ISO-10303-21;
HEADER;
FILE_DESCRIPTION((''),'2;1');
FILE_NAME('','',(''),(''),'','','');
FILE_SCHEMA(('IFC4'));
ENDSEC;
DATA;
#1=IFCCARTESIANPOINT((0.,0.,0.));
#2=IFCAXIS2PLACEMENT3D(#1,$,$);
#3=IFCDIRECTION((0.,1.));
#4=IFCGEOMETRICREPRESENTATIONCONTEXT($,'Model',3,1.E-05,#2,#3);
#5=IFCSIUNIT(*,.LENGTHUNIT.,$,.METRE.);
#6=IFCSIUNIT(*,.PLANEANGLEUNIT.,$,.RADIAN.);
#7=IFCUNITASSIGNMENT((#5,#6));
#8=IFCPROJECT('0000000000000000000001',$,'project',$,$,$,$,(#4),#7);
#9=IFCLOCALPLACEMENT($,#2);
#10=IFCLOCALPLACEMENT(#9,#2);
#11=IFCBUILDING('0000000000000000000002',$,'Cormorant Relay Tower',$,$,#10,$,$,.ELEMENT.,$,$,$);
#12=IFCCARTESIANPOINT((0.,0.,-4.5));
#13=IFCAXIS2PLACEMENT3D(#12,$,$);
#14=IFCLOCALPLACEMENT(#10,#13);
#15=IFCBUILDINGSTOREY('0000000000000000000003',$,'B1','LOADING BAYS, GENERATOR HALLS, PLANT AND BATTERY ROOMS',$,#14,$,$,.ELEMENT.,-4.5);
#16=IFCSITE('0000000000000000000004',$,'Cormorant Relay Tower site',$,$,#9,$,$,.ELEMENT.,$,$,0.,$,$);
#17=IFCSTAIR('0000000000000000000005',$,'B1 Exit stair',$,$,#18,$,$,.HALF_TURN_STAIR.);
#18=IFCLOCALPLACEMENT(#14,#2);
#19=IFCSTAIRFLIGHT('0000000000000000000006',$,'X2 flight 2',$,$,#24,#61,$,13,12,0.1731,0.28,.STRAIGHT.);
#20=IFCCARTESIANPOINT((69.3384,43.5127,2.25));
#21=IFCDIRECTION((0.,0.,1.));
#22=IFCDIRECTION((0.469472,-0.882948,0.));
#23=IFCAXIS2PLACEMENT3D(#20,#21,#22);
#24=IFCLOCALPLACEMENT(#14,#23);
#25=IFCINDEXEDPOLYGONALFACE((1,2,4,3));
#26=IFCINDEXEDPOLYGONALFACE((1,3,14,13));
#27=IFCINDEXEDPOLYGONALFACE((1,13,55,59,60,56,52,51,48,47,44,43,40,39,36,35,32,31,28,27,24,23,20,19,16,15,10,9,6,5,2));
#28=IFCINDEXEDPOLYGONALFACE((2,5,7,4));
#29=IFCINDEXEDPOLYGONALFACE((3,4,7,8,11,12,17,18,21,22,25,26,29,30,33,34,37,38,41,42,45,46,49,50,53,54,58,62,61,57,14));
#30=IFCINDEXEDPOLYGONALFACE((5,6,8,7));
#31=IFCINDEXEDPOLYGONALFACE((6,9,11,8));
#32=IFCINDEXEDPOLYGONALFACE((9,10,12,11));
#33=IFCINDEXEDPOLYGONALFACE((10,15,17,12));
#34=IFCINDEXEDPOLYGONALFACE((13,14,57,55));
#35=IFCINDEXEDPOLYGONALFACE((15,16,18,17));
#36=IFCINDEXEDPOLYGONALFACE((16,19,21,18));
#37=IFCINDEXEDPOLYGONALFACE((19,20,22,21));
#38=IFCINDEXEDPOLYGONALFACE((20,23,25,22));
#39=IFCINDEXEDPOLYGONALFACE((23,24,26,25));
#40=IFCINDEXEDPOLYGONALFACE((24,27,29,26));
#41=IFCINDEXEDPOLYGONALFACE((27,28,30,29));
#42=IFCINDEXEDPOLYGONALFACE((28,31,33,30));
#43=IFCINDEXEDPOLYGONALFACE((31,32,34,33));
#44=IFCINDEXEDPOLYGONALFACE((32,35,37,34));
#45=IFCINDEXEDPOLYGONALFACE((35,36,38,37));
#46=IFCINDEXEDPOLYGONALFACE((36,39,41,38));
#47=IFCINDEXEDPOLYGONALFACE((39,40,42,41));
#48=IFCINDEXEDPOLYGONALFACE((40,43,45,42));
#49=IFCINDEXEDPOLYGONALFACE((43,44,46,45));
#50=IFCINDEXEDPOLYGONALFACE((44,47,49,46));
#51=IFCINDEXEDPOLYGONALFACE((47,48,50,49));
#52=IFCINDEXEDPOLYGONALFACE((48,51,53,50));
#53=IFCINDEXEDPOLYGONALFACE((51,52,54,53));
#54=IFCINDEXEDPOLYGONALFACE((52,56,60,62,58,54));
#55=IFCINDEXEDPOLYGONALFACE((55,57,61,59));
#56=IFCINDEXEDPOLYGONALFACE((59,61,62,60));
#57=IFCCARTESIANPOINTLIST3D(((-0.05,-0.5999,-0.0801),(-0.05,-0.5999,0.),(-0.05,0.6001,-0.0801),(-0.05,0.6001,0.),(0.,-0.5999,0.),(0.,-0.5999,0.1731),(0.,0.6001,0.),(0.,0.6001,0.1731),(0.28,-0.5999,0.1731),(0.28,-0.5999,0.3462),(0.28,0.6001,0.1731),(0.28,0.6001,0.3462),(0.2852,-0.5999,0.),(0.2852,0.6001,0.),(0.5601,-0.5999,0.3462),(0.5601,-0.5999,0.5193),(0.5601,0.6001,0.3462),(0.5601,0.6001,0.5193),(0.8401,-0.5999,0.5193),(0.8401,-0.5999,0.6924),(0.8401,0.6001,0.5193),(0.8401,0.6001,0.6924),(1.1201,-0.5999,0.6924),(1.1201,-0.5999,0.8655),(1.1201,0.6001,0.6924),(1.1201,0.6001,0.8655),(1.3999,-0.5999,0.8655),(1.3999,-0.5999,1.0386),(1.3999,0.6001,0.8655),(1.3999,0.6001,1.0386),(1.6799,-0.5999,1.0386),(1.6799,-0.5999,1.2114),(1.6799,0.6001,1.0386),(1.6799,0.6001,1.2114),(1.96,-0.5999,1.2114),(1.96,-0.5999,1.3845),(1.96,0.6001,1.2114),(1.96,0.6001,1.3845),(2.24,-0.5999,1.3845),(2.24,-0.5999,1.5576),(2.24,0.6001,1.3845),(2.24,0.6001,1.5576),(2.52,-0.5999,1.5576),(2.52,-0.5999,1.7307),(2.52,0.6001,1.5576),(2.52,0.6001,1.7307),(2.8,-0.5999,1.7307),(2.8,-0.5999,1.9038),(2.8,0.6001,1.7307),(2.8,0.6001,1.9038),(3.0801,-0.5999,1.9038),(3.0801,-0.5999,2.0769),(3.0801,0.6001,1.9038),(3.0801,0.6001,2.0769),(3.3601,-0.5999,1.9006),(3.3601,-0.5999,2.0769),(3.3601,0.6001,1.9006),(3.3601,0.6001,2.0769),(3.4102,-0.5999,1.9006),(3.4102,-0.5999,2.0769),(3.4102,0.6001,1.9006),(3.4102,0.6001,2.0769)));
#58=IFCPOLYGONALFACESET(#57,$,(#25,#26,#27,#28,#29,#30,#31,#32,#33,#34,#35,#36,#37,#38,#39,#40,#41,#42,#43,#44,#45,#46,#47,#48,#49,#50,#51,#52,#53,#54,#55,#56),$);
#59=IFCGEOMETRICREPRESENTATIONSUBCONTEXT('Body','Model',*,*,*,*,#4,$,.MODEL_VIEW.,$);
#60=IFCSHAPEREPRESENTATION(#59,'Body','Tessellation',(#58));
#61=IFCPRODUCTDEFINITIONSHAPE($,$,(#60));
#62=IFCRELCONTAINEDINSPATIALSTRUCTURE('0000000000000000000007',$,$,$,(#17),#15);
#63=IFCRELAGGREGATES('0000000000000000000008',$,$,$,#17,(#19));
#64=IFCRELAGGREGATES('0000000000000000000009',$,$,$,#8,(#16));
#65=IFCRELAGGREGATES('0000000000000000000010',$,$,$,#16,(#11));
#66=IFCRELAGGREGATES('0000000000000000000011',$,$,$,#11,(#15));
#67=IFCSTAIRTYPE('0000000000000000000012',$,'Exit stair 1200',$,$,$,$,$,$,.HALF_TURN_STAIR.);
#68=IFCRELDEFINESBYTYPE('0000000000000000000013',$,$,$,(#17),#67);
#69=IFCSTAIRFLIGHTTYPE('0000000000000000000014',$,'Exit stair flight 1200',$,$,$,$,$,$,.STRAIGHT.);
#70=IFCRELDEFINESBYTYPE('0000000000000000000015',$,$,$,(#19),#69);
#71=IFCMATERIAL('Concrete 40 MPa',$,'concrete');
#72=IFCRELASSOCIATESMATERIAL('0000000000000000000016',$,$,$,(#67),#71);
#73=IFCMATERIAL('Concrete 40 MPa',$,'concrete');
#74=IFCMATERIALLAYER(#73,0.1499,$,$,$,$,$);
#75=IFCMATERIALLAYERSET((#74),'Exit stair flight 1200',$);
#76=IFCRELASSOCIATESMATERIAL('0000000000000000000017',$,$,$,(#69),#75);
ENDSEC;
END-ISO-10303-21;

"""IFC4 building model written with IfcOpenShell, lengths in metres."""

from ifc_helpers import new_model, si_unit, direction, frame, origin, place, context, subcontext, project, spatial, polyline, outline, extrude, material, layer, layer_set, type_object, element, aggregate, save


model = new_model("IFC4")

# Units and contexts
model_context = context("Model", 3, precision=1e-05, world=origin(), true_north=direction((0.0, 1.0)))
body_context = subcontext(model_context, "Body", "Model", "MODEL_VIEW")
ifc_project = project(units=[si_unit("LENGTHUNIT", "METRE"), si_unit("PLANEANGLEUNIT", "RADIAN")], contexts=[model_context])

# Site, building, storey
site_placement = place(None, origin())
site = spatial("IfcSite", under=ifc_project, at=site_placement, Name="Cormorant Relay Tower site", CompositionType="ELEMENT", RefElevation=0.0)
building_placement = place(site_placement, origin())
building = spatial("IfcBuilding", under=site, at=building_placement, Name="Cormorant Relay Tower", CompositionType="ELEMENT")
storey_placement = place(building_placement, frame((0.0, 0.0, -4.5)))
storey = spatial("IfcBuildingStorey", under=building, at=storey_placement, Name="B1", Description="LOADING BAYS, GENERATOR HALLS, PLANT AND BATTERY ROOMS", CompositionType="ELEMENT", Elevation=-4.5)

# Stair, stair flight
ifc_material_1 = material(Name="Concrete 40 MPa", Category="concrete")
stair_type = type_object("IfcStairType", Name="Exit stair 1200", PredefinedType="HALF_TURN_STAIR", material=ifc_material_1)
stair_placement = place(storey_placement, origin())
stair = element("IfcStair", 1, at=stair_placement, inside=storey, type_object=stair_type, Name="B1 Exit stair", PredefinedType="HALF_TURN_STAIR")
ifc_material_2 = material(Name="Concrete 40 MPa", Category="concrete")
ifc_layer_1 = layer(ifc_material_2, 0.1499)
ifc_layer_set_1 = layer_set([ifc_layer_1], Name="Exit stair flight 1200")
stair_flight_type = type_object("IfcStairFlightType", Name="Exit stair flight 1200", PredefinedType="STRAIGHT", material=ifc_layer_set_1)
stair_flight_1_placement = place(storey_placement, frame((69.3384, 43.5127, 2.25), z_axis=(0.0, 0.0, 1.0), x_axis=(0.469472, -0.882948, 0.0)))
stair_flight_1 = element("IfcStairFlight", 2, at=stair_flight_1_placement, type_object=stair_flight_type, Name="X2 flight 2", NumberOfRisers=13, NumberOfTreads=12, PredefinedType="STRAIGHT", RiserHeight=0.1731, TreadLength=0.28, context=body_context, shape_type="SweptSolid", body=[
    extrude(outline(polyline([(-0.05, -0.0801), (-0.05, 0.0), (0.0, 0.0), (0.0, 0.1731), (0.28, 0.1731), (0.28, 0.3462), (0.5601, 0.3462), (0.5601, 0.5193), (0.8401, 0.5193), (0.8401, 0.6924), (1.1201, 0.6924), (1.1201, 0.8655), (1.3999, 0.8655), (1.3999, 1.0386), (1.6799, 1.0386), (1.6799, 1.2114), (1.96, 1.2114), (1.96, 1.3845), (2.24, 1.3845), (2.24, 1.5576), (2.52, 1.5576), (2.52, 1.7307), (2.8, 1.7307), (2.8, 1.9038), (3.0801, 1.9038), (3.0801, 2.0769), (3.3601, 2.0769), (3.4102, 2.0769), (3.4102, 1.9006), (3.3601, 1.9006), (0.2852, 0.0), (-0.05, -0.0801)])), frame((0.0, 0.6001, 0.0), z_axis=(0.0, -1.0, 0.0), x_axis=(1.0, 0.0, 0.0)), (0.0, 0.0, 1.0), 1.2),
])
aggregate(stair, [stair_flight_1])

save(model, "model.ifc")
